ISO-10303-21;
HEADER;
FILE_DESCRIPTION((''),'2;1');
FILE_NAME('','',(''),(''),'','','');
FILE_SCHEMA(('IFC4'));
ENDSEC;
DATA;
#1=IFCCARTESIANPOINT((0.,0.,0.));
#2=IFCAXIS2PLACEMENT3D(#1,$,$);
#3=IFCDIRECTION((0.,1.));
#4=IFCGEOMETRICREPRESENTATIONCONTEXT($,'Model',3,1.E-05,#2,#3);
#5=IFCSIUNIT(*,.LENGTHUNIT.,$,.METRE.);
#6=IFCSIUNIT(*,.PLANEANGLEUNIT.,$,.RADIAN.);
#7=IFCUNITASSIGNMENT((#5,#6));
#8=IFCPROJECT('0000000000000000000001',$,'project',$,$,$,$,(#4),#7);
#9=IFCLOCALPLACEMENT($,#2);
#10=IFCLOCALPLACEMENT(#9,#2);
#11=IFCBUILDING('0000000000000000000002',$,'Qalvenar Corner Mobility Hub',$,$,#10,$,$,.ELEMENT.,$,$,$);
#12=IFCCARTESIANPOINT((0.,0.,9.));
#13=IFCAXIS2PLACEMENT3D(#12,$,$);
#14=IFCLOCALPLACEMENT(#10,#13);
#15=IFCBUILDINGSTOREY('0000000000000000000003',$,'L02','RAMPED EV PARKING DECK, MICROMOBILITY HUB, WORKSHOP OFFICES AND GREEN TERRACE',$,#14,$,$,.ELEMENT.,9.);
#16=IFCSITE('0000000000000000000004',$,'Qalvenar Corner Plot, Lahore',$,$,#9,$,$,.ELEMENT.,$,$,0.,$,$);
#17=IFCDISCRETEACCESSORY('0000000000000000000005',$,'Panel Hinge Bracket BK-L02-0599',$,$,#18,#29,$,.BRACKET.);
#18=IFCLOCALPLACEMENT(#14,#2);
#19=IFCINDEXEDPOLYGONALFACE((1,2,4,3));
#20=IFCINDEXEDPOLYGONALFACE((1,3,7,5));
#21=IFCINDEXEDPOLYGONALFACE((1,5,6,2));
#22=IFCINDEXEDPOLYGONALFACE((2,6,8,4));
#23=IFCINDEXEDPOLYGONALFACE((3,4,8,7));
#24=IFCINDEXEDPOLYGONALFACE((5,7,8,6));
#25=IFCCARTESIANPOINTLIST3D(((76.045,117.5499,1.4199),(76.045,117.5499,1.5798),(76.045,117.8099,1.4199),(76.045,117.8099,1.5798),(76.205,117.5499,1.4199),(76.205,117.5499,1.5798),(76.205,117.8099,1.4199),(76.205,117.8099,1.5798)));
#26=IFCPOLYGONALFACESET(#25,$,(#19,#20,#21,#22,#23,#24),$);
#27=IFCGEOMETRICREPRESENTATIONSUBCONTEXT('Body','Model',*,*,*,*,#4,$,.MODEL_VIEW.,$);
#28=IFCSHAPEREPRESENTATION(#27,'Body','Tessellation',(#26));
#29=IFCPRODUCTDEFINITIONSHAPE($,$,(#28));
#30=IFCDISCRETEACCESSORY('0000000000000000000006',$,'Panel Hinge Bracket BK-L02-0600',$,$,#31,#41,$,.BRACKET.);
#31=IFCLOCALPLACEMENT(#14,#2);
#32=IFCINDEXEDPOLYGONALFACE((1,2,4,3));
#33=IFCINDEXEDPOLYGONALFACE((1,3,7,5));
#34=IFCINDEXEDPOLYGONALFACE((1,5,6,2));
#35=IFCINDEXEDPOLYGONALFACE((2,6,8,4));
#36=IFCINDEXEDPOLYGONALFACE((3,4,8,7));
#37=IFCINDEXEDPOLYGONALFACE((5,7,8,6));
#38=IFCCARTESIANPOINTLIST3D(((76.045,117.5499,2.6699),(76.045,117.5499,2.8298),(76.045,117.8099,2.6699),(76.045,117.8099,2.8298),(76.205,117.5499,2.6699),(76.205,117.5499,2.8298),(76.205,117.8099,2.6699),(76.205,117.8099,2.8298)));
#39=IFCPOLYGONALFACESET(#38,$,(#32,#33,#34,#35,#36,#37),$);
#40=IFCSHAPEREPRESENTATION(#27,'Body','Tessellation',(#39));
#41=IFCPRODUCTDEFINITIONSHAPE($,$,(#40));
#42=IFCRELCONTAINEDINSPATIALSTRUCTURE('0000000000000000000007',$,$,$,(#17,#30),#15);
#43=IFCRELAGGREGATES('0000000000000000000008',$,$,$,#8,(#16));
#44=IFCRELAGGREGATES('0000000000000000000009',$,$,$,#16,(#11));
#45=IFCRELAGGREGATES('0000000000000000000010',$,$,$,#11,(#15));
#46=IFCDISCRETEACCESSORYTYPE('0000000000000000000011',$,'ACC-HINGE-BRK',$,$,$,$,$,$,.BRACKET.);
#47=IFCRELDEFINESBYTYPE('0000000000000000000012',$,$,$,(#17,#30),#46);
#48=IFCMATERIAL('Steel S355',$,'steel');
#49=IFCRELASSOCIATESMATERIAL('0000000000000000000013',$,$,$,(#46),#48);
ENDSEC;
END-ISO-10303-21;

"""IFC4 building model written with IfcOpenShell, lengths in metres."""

from ifc_helpers import new_model, si_unit, direction, frame, origin, origin_2d, place, context, subcontext, project, spatial, rectangle, extrude, material, type_object, element, save


model = new_model("IFC4")

# Units and contexts
model_context = context("Model", 3, precision=1e-05, world=origin(), true_north=direction((0.0, 1.0)))
body_context = subcontext(model_context, "Body", "Model", "MODEL_VIEW")
ifc_project = project(units=[si_unit("LENGTHUNIT", "METRE"), si_unit("PLANEANGLEUNIT", "RADIAN")], contexts=[model_context])

# Site, building, storey
site_placement = place(None, origin())
site = spatial("IfcSite", under=ifc_project, at=site_placement, Name="Qalvenar Corner Plot, Lahore", CompositionType="ELEMENT", RefElevation=0.0)
building_placement = place(site_placement, origin())
building = spatial("IfcBuilding", under=site, at=building_placement, Name="Qalvenar Corner Mobility Hub", CompositionType="ELEMENT")
storey_placement = place(building_placement, frame((0.0, 0.0, 9.0)))
storey = spatial("IfcBuildingStorey", under=building, at=storey_placement, Name="L02", Description="RAMPED EV PARKING DECK, MICROMOBILITY HUB, WORKSHOP OFFICES AND GREEN TERRACE", CompositionType="ELEMENT", Elevation=9.0)

# Shared definitions
ifc_material = material(Name="Steel S355", Category="steel")

# Discrete accessories
discrete_accessory_type = type_object("IfcDiscreteAccessoryType", Name="ACC-HINGE-BRK", PredefinedType="BRACKET", material=ifc_material)
for number, where, z_axis, x_axis, name in (
    (1, (76.125, 117.6799, 1.4199), (0.0, 0.0, 1.0), (-1.0, 0.0, 0.0), "Panel Hinge Bracket BK-L02-0599"),
    (2, (76.125, 117.6799, 2.6699), (0.0, 0.0, 1.0), (-1.0, 0.0, 0.0), "Panel Hinge Bracket BK-L02-0600"),
):
    element("IfcDiscreteAccessory", number, at=place(storey_placement, frame(where, z_axis=z_axis, x_axis=x_axis)), inside=storey, type_object=discrete_accessory_type, Name=name, PredefinedType="BRACKET", context=body_context, shape_type="SweptSolid", body=[
        extrude(rectangle(XDim=0.1599, YDim=0.26, at=origin_2d()), origin(), (0.0, 0.0, 1.0), 0.1599),
    ])

save(model, "model.ifc")
